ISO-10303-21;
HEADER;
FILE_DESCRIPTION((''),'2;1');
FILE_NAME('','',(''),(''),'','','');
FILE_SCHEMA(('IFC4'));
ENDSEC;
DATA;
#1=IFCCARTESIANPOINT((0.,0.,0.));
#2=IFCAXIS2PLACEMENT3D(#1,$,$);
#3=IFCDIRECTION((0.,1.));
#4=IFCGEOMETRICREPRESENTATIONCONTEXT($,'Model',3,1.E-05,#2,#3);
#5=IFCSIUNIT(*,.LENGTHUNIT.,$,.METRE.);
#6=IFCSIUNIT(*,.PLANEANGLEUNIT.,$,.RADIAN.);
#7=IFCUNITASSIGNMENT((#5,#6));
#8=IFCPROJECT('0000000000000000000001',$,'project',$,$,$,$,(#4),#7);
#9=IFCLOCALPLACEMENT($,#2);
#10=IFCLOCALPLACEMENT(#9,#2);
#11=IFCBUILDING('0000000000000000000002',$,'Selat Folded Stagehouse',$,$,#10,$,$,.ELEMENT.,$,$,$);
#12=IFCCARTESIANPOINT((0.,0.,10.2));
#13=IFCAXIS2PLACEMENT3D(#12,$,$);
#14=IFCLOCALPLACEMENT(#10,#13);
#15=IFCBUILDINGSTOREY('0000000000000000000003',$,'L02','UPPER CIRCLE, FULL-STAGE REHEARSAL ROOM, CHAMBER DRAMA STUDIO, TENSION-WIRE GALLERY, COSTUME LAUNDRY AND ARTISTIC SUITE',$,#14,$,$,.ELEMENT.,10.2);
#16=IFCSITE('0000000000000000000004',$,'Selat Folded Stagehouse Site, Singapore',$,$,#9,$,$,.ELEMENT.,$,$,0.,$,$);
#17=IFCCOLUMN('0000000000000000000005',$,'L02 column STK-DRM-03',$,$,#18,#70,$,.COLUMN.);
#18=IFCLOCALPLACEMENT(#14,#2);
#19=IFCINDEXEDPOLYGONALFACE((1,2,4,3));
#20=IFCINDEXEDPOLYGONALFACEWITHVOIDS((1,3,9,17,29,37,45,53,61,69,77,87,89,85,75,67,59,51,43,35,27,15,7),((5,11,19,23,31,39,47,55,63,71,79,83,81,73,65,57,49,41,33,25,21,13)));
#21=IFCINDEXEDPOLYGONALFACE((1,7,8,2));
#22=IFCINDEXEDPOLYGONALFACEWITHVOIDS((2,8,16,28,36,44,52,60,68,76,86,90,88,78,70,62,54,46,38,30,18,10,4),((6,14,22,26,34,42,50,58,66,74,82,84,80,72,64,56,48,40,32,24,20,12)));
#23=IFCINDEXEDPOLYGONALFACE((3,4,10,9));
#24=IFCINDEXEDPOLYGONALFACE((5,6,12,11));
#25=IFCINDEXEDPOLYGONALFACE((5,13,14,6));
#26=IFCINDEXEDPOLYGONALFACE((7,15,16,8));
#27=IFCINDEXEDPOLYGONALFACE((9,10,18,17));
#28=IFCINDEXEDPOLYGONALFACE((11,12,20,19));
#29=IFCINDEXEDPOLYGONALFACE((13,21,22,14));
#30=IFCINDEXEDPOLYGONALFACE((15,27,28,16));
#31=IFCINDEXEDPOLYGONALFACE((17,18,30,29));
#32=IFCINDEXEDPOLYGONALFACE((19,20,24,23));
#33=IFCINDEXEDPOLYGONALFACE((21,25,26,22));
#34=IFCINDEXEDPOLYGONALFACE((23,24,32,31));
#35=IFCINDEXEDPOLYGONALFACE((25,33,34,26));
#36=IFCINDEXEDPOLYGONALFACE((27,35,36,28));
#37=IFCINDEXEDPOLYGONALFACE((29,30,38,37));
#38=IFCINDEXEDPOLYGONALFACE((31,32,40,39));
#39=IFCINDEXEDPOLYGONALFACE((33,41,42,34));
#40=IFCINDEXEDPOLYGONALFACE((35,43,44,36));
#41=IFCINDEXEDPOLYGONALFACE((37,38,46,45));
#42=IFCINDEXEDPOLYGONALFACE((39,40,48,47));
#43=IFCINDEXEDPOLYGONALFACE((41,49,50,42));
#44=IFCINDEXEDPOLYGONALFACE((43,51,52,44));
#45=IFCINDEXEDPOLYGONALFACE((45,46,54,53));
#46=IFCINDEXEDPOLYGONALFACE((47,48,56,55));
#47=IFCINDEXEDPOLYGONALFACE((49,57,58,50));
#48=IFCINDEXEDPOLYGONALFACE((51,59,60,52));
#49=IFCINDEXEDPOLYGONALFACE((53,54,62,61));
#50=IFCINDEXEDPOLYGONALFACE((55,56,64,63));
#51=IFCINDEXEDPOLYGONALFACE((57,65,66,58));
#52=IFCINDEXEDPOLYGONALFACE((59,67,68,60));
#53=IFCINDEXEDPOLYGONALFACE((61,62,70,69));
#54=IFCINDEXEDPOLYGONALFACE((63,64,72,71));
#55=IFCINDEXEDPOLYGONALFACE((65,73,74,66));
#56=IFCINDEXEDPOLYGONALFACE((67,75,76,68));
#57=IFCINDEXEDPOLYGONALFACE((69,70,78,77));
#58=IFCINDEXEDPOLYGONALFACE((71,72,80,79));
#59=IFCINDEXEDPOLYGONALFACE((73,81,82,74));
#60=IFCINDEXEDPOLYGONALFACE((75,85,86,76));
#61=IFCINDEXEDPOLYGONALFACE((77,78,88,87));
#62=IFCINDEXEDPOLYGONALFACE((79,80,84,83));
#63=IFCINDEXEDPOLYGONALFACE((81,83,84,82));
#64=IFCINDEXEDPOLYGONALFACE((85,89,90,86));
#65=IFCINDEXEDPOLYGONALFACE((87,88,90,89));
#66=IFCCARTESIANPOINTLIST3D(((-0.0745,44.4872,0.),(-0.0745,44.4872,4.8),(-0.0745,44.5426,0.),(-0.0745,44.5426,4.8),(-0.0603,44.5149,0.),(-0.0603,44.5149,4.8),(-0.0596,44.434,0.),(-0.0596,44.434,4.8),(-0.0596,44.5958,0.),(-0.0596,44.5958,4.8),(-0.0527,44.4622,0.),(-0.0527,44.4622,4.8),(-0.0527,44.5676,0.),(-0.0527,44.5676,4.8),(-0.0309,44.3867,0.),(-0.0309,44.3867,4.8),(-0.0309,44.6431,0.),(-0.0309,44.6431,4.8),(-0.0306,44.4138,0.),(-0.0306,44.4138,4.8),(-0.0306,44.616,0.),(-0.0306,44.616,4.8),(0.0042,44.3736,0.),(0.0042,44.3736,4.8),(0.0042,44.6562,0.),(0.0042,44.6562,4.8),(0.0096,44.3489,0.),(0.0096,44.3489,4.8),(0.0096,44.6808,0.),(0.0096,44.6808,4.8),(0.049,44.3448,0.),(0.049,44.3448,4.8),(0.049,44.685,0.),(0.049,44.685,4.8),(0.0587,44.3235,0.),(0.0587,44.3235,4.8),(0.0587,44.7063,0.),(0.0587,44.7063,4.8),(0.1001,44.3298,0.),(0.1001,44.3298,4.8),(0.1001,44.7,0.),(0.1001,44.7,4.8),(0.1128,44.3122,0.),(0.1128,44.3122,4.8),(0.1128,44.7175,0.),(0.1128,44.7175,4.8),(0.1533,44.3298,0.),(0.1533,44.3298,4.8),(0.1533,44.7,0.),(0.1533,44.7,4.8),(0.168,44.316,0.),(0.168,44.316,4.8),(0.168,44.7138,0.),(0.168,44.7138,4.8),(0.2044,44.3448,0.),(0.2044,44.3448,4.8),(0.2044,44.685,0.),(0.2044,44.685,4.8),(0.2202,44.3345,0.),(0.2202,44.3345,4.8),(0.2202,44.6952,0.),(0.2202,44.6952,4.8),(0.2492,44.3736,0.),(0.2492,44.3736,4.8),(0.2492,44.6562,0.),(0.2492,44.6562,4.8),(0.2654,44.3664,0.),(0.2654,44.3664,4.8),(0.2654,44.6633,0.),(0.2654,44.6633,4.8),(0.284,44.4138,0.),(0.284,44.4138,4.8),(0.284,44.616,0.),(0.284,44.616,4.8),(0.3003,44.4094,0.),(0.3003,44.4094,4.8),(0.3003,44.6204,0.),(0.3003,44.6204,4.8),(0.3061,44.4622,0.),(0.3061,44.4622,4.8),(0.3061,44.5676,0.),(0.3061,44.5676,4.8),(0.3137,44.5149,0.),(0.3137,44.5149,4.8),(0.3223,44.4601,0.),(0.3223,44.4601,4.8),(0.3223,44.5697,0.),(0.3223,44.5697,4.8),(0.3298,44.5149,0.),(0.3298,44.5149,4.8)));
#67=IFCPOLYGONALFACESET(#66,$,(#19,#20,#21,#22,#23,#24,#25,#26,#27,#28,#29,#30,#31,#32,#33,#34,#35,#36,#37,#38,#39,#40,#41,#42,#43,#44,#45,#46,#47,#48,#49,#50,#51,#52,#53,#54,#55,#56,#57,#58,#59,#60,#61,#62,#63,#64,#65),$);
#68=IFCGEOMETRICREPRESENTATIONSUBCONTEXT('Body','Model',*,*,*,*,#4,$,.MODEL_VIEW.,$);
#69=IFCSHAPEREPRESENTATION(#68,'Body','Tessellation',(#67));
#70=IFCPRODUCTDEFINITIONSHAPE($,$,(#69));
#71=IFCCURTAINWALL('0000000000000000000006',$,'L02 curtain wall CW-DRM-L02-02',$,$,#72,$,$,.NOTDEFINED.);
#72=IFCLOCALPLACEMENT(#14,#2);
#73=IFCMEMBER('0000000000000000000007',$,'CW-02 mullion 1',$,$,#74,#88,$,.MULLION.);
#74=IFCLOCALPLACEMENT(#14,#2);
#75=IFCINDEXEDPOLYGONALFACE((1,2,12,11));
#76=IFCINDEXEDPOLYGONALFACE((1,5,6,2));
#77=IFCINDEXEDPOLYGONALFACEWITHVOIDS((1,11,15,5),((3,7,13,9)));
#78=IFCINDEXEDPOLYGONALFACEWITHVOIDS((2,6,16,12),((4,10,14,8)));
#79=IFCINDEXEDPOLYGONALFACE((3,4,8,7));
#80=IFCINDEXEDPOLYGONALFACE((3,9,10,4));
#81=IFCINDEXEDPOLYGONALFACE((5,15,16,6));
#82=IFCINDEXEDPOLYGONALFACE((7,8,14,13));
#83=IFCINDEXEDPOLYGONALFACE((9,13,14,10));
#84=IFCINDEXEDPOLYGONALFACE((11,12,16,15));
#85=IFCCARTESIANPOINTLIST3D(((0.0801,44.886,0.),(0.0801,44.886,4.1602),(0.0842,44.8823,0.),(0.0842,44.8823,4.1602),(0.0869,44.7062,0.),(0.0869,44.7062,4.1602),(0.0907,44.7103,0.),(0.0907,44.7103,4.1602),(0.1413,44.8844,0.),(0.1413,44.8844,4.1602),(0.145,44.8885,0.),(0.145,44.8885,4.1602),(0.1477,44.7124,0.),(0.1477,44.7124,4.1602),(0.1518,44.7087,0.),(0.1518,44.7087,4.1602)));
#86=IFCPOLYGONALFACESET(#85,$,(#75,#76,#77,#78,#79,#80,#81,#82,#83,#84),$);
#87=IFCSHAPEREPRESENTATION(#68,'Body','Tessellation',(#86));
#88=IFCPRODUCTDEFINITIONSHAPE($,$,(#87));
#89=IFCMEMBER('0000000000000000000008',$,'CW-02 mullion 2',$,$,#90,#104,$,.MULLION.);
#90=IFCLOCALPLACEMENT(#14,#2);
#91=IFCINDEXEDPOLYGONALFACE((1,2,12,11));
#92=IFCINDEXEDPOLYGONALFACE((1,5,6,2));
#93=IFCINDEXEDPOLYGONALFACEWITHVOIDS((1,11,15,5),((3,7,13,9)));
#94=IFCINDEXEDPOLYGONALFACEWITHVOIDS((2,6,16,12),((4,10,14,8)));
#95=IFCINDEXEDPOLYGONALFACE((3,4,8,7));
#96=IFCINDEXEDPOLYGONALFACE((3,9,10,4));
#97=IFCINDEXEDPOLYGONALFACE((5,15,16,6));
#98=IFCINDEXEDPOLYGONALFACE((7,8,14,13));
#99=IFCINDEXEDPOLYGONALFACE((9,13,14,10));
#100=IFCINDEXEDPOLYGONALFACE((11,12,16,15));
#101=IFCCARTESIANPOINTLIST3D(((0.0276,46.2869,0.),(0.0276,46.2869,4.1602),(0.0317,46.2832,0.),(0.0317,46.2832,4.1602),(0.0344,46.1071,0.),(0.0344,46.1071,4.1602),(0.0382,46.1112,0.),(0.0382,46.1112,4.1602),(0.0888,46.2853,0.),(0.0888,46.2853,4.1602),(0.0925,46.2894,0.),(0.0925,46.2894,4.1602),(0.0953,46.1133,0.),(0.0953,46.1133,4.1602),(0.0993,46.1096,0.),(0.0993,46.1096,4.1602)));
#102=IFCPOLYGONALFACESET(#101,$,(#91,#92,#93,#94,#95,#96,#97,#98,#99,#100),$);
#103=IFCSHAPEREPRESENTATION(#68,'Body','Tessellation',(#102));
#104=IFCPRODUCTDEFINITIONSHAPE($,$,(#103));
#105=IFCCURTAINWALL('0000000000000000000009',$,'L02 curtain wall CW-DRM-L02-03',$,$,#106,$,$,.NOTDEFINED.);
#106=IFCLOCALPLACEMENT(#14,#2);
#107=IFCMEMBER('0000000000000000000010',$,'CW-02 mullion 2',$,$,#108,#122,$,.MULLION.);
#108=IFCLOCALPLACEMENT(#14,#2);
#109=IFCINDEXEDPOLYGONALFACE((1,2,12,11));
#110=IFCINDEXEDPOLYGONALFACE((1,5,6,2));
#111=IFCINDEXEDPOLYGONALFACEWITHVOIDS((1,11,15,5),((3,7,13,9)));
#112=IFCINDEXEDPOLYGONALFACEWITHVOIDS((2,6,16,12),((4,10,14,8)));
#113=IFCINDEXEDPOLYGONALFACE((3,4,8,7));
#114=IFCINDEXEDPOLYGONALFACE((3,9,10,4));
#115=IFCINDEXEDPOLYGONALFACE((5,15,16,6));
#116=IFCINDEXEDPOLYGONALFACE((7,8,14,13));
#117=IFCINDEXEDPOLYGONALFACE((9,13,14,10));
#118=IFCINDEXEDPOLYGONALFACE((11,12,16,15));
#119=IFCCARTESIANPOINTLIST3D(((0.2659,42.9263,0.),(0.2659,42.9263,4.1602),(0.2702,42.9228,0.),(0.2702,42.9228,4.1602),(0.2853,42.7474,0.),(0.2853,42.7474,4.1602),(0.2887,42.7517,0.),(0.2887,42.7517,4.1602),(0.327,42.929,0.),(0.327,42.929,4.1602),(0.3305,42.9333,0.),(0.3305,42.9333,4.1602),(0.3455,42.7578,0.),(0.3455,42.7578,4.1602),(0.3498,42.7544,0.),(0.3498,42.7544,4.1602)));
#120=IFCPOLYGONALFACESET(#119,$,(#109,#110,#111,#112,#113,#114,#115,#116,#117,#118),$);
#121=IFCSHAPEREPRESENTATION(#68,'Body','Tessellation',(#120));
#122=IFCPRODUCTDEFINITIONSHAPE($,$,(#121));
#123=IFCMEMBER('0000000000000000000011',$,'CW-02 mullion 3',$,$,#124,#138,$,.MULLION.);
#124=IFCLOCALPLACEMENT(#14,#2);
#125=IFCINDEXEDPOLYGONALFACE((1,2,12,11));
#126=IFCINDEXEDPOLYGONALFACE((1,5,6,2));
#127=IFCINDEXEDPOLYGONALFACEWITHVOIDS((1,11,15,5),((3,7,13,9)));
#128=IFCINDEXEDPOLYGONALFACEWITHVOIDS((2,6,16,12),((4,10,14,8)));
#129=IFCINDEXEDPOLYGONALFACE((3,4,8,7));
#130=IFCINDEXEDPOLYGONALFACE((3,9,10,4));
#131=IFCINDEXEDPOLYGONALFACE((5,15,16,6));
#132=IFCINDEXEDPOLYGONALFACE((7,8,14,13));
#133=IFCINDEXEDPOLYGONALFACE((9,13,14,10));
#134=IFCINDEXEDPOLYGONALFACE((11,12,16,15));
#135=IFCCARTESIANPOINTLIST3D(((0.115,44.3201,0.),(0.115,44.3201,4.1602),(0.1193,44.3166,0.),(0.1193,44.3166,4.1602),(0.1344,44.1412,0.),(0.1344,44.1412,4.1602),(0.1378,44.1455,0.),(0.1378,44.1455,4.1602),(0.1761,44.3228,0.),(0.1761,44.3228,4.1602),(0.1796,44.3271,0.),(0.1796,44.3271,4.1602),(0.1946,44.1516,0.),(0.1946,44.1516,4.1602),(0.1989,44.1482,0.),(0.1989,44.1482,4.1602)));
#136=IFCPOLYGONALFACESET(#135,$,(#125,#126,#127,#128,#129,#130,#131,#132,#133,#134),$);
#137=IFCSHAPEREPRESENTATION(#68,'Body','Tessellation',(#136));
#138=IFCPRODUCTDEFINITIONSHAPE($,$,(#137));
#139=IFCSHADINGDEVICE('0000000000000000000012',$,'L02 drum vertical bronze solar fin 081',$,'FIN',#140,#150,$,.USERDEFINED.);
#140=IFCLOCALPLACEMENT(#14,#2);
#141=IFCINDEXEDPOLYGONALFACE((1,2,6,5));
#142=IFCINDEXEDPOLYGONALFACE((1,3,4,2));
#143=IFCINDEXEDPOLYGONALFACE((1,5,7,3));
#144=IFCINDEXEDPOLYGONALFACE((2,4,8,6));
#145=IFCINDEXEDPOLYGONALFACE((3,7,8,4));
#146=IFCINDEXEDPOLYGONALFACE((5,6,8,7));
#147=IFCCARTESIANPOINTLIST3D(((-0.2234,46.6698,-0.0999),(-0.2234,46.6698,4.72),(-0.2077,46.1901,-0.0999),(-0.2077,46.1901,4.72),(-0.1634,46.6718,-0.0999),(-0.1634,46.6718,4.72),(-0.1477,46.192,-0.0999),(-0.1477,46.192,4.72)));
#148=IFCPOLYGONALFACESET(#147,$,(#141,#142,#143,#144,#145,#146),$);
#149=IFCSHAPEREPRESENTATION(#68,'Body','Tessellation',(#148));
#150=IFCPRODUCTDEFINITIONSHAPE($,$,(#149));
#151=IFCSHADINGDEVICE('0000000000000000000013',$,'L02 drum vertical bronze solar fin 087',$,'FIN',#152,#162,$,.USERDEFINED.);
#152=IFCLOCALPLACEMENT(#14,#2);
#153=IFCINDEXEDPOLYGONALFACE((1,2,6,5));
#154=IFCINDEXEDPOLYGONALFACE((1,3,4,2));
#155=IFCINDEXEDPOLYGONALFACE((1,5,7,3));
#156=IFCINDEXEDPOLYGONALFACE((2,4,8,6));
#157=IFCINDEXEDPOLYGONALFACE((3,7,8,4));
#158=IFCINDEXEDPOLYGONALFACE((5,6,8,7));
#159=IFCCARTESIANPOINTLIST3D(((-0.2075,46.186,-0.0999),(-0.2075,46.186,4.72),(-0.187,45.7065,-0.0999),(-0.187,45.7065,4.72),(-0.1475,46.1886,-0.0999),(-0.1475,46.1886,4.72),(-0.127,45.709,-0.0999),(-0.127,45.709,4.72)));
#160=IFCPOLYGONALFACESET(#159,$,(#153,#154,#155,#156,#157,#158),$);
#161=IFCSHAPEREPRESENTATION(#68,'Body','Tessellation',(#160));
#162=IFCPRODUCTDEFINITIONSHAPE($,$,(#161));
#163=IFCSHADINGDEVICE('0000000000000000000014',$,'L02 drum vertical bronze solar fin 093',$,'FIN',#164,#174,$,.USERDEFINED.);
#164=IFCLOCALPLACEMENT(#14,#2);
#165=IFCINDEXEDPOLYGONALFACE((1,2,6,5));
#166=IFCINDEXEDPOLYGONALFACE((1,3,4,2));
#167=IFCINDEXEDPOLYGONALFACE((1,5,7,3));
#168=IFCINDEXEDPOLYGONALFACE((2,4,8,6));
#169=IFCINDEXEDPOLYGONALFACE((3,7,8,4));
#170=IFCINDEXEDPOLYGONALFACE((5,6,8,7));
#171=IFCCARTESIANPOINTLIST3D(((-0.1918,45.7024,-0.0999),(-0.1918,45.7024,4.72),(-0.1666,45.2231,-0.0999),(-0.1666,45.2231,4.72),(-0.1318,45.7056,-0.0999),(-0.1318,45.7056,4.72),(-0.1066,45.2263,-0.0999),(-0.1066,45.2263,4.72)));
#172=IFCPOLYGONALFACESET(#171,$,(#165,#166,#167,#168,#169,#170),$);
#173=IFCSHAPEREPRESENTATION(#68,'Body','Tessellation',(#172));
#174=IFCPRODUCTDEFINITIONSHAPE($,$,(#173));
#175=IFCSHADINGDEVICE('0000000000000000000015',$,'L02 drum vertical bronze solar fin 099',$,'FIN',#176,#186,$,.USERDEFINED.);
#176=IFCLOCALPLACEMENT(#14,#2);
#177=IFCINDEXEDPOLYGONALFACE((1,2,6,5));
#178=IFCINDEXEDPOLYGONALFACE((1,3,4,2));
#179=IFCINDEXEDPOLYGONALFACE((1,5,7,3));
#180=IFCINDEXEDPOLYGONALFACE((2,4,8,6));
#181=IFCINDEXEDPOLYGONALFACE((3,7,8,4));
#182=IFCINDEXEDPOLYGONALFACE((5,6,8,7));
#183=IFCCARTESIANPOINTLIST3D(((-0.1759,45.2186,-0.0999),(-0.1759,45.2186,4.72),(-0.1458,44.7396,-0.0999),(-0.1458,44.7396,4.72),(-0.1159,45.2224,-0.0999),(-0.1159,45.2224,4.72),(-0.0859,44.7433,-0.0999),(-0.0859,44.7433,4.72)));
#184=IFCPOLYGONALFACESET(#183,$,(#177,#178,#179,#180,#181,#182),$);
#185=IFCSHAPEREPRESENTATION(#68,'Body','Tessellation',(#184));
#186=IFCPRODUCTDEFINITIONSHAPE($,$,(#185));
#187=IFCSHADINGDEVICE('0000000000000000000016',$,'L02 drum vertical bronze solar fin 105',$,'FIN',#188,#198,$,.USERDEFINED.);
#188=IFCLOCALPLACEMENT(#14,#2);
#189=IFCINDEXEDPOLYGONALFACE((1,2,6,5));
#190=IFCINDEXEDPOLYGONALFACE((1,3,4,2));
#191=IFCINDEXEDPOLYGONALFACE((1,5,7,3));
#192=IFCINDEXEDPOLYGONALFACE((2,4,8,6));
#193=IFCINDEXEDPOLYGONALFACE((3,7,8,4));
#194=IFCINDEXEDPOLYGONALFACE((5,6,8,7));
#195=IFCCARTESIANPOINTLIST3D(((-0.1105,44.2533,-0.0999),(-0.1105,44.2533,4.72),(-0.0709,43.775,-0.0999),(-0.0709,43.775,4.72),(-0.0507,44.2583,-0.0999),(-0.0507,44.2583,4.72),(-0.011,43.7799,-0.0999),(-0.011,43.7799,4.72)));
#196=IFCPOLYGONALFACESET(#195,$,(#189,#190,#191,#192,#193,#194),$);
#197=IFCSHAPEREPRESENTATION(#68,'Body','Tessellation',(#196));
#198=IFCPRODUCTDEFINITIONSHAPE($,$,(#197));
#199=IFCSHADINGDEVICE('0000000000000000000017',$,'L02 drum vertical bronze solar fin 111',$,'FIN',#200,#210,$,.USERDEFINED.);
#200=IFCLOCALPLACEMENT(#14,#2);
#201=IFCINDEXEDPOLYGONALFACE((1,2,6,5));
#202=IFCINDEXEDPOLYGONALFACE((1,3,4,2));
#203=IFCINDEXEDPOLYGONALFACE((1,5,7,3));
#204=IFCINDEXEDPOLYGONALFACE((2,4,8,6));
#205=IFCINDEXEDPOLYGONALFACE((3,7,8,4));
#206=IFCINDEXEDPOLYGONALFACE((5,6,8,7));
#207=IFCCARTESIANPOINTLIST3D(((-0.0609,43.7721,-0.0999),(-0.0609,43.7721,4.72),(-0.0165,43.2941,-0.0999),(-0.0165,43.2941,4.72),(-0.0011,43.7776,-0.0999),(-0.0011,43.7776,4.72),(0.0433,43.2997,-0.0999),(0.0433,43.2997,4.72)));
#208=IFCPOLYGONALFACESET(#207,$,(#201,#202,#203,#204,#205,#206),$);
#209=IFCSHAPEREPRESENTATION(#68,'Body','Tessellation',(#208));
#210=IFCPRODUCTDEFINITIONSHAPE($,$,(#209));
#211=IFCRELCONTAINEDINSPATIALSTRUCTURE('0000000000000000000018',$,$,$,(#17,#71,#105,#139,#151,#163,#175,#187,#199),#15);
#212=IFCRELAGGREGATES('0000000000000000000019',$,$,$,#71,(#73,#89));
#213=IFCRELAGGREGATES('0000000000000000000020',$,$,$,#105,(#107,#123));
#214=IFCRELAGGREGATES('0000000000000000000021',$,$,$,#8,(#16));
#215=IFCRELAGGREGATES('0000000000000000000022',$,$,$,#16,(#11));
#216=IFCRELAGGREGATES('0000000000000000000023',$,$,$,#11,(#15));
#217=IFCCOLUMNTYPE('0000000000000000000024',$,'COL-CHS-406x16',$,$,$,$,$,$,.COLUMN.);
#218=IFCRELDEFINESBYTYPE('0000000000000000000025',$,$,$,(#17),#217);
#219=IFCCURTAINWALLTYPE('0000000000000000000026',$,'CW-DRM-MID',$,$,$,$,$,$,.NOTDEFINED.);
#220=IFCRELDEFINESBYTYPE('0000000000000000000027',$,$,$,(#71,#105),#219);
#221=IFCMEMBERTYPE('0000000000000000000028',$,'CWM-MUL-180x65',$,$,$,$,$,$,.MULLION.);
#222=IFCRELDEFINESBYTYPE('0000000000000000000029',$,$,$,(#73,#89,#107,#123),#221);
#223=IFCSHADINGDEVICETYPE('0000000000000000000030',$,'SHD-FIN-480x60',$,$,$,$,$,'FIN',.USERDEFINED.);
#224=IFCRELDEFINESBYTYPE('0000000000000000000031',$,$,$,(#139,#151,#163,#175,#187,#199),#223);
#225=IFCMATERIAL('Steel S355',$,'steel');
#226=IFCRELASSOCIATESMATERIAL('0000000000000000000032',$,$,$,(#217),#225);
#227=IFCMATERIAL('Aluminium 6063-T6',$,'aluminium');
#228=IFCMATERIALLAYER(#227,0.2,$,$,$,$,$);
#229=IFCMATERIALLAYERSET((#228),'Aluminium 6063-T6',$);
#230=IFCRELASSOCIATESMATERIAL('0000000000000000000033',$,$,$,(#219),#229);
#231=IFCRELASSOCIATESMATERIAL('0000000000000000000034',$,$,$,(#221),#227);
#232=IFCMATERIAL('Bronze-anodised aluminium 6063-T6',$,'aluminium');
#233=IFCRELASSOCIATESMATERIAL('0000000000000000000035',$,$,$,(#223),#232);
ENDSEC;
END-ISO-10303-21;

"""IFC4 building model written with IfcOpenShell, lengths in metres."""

from ifc_helpers import new_model, si_unit, direction, frame, origin, origin_2d, place, context, subcontext, project, spatial, rectangle, hollow_rectangle, hollow_circle, extrude, material, layer, layer_set, material_profile, profile_set, type_object, element, aggregate, save


model = new_model("IFC4")

# Units and contexts
model_context = context("Model", 3, precision=1e-05, world=origin(), true_north=direction((0.0, 1.0)))
body_context = subcontext(model_context, "Body", "Model", "MODEL_VIEW")
ifc_project = project(units=[si_unit("LENGTHUNIT", "METRE"), si_unit("PLANEANGLEUNIT", "RADIAN")], contexts=[model_context])

# Site, building, storey
site_placement = place(None, origin())
site = spatial("IfcSite", under=ifc_project, at=site_placement, Name="Selat Folded Stagehouse Site, Singapore", CompositionType="ELEMENT", RefElevation=0.0)
building_placement = place(site_placement, origin())
building = spatial("IfcBuilding", under=site, at=building_placement, Name="Selat Folded Stagehouse", CompositionType="ELEMENT")
storey_placement = place(building_placement, frame((0.0, 0.0, 10.2)))
storey = spatial("IfcBuildingStorey", under=building, at=storey_placement, Name="L02", Description="UPPER CIRCLE, FULL-STAGE REHEARSAL ROOM, CHAMBER DRAMA STUDIO, TENSION-WIRE GALLERY, COSTUME LAUNDRY AND ARTISTIC SUITE", CompositionType="ELEMENT", Elevation=10.2)

# Column
ifc_material_1 = material(Name="Steel S355", Category="steel")
ifc_material_profile_1 = material_profile(ifc_material_1, hollow_circle(Radius=0.2031, WallThickness=0.0161, at=origin_2d()), Name="CHS 406.4x16.0")
ifc_profile_set_1 = profile_set([ifc_material_profile_1], Name="Steel S355")
column_type = type_object("IfcColumnType", Name="COL-CHS-406x16", PredefinedType="COLUMN", material=ifc_profile_set_1)
column_placement = place(storey_placement, frame((0.1267, 44.5149, 0.0), z_axis=(0.0, 0.0, 1.0), x_axis=(1.0, 0.0, 0.0)))
element("IfcColumn", 1, at=column_placement, inside=storey, type_object=column_type, Name="L02 column STK-DRM-03", PredefinedType="COLUMN", context=body_context, shape_type="SweptSolid", body=[
    extrude(hollow_circle(Radius=0.2031, WallThickness=0.0161, at=origin_2d()), origin(), (0.0, 0.0, 1.0), 4.8),
])

# Curtain walls, members
ifc_material_2 = material(Name="Aluminium 6063-T6", Category="aluminium")
ifc_layer = layer(ifc_material_2, 0.2)
ifc_layer_set = layer_set([ifc_layer], Name="Aluminium 6063-T6")
curtain_wall_type = type_object("IfcCurtainWallType", Name="CW-DRM-MID", PredefinedType="NOTDEFINED", material=ifc_layer_set)
curtain_wall_1_placement = place(storey_placement, origin())
curtain_wall_1 = element("IfcCurtainWall", 2, at=curtain_wall_1_placement, inside=storey, type_object=curtain_wall_type, Name="L02 curtain wall CW-DRM-L02-02", PredefinedType="NOTDEFINED")
ifc_material_profile_2 = material_profile(ifc_material_2, hollow_rectangle(XDim=0.0649, YDim=0.1799, WallThickness=0.0039, at=origin_2d()), Name="ALU 180x65x4.0")
ifc_profile_set_2 = profile_set([ifc_material_profile_2], Name="Aluminium 6063-T6")
member_type = type_object("IfcMemberType", Name="CWM-MUL-180x65", PredefinedType="MULLION", material=ifc_profile_set_2)
member_1_placement = place(storey_placement, frame((0.116, 44.7974, 0.0), z_axis=(0.0, 0.0, 1.0), x_axis=(-0.999294, -0.037574, 0.0)))
member_1 = element("IfcMember", 3, at=member_1_placement, type_object=member_type, Name="CW-02 mullion 1", PredefinedType="MULLION", context=body_context, shape_type="SweptSolid", body=[
    extrude(hollow_rectangle(XDim=0.0649, YDim=0.1799, WallThickness=0.0039, at=origin_2d()), origin(), (0.0, 0.0, 1.0), 4.1602),
])
member_2_placement = place(storey_placement, frame((0.0635, 46.1982, 0.0), z_axis=(0.0, 0.0, 1.0), x_axis=(-0.999294, -0.037574, 0.0)))
member_2 = element("IfcMember", 4, at=member_2_placement, type_object=member_type, Name="CW-02 mullion 2", PredefinedType="MULLION", context=body_context, shape_type="SweptSolid", body=[
    extrude(hollow_rectangle(XDim=0.0649, YDim=0.1799, WallThickness=0.0039, at=origin_2d()), origin(), (0.0, 0.0, 1.0), 4.1602),
])
aggregate(curtain_wall_1, [member_1, member_2])
curtain_wall_2_placement = place(storey_placement, origin())
curtain_wall_2 = element("IfcCurtainWall", 5, at=curtain_wall_2_placement, inside=storey, type_object=curtain_wall_type, Name="L02 curtain wall CW-DRM-L02-03", PredefinedType="NOTDEFINED")
member_3_placement = place(storey_placement, frame((0.3079, 42.8403, 0.0), z_axis=(0.0, 0.0, 1.0), x_axis=(-0.994199, -0.107558, 0.0)))
member_3 = element("IfcMember", 6, at=member_3_placement, type_object=member_type, Name="CW-02 mullion 2", PredefinedType="MULLION", context=body_context, shape_type="SweptSolid", body=[
    extrude(hollow_rectangle(XDim=0.0649, YDim=0.1799, WallThickness=0.0039, at=origin_2d()), origin(), (0.0, 0.0, 1.0), 4.1602),
])
member_4_placement = place(storey_placement, frame((0.157, 44.2341, 0.0), z_axis=(0.0, 0.0, 1.0), x_axis=(-0.994199, -0.107558, 0.0)))
member_4 = element("IfcMember", 7, at=member_4_placement, type_object=member_type, Name="CW-02 mullion 3", PredefinedType="MULLION", context=body_context, shape_type="SweptSolid", body=[
    extrude(hollow_rectangle(XDim=0.0649, YDim=0.1799, WallThickness=0.0039, at=origin_2d()), origin(), (0.0, 0.0, 1.0), 4.1602),
])
aggregate(curtain_wall_2, [member_3, member_4])

# Shading devices
ifc_material_3 = material(Name="Bronze-anodised aluminium 6063-T6", Category="aluminium")
ifc_material_profile_3 = material_profile(ifc_material_3, rectangle(XDim=0.0601, YDim=0.48, at=origin_2d()), Name="SOLAR-FIN 480x60")
ifc_profile_set_3 = profile_set([ifc_material_profile_3], Name="Bronze-anodised aluminium 6063-T6")
shading_device_type = type_object("IfcShadingDeviceType", Name="SHD-FIN-480x60", ElementType="FIN", PredefinedType="USERDEFINED", material=ifc_profile_set_3)
for number, where, z_axis, x_axis, name in (
    (8, (-0.1855, 46.4309, -0.0999), (0.0, 0.0, 1.0), (-0.999467, -0.032632, 0.0), "L02 drum vertical bronze solar fin 081"),
    (9, (-0.1672, 45.9475, -0.0999), (0.0, 0.0, 1.0), (-0.999093, -0.042573, 0.0), "L02 drum vertical bronze solar fin 087"),
    (10, (-0.1492, 45.4644, -0.0999), (0.0, 0.0, 1.0), (-0.99862, -0.05251, 0.0), "L02 drum vertical bronze solar fin 093"),
    (11, (-0.1309, 44.981, -0.0999), (0.0, 0.0, 1.0), (-0.998038, -0.062616, 0.0), "L02 drum vertical bronze solar fin 099"),
    (12, (-0.0608, 44.0166, -0.0999), (0.0, 0.0, 1.0), (-0.99658, -0.082634, 0.0), "L02 drum vertical bronze solar fin 105"),
    (13, (-0.0088, 43.5359, -0.0999), (0.0, 0.0, 1.0), (-0.995709, -0.092544, 0.0), "L02 drum vertical bronze solar fin 111"),
):
    element("IfcShadingDevice", number, at=place(storey_placement, frame(where, z_axis=z_axis, x_axis=x_axis)), inside=storey, type_object=shading_device_type, Name=name, ObjectType="FIN", PredefinedType="USERDEFINED", context=body_context, shape_type="SweptSolid", body=[
        extrude(rectangle(XDim=0.0601, YDim=0.48, at=origin_2d()), origin(), (0.0, 0.0, 1.0), 4.8198),
    ])

save(model, "model.ifc")
